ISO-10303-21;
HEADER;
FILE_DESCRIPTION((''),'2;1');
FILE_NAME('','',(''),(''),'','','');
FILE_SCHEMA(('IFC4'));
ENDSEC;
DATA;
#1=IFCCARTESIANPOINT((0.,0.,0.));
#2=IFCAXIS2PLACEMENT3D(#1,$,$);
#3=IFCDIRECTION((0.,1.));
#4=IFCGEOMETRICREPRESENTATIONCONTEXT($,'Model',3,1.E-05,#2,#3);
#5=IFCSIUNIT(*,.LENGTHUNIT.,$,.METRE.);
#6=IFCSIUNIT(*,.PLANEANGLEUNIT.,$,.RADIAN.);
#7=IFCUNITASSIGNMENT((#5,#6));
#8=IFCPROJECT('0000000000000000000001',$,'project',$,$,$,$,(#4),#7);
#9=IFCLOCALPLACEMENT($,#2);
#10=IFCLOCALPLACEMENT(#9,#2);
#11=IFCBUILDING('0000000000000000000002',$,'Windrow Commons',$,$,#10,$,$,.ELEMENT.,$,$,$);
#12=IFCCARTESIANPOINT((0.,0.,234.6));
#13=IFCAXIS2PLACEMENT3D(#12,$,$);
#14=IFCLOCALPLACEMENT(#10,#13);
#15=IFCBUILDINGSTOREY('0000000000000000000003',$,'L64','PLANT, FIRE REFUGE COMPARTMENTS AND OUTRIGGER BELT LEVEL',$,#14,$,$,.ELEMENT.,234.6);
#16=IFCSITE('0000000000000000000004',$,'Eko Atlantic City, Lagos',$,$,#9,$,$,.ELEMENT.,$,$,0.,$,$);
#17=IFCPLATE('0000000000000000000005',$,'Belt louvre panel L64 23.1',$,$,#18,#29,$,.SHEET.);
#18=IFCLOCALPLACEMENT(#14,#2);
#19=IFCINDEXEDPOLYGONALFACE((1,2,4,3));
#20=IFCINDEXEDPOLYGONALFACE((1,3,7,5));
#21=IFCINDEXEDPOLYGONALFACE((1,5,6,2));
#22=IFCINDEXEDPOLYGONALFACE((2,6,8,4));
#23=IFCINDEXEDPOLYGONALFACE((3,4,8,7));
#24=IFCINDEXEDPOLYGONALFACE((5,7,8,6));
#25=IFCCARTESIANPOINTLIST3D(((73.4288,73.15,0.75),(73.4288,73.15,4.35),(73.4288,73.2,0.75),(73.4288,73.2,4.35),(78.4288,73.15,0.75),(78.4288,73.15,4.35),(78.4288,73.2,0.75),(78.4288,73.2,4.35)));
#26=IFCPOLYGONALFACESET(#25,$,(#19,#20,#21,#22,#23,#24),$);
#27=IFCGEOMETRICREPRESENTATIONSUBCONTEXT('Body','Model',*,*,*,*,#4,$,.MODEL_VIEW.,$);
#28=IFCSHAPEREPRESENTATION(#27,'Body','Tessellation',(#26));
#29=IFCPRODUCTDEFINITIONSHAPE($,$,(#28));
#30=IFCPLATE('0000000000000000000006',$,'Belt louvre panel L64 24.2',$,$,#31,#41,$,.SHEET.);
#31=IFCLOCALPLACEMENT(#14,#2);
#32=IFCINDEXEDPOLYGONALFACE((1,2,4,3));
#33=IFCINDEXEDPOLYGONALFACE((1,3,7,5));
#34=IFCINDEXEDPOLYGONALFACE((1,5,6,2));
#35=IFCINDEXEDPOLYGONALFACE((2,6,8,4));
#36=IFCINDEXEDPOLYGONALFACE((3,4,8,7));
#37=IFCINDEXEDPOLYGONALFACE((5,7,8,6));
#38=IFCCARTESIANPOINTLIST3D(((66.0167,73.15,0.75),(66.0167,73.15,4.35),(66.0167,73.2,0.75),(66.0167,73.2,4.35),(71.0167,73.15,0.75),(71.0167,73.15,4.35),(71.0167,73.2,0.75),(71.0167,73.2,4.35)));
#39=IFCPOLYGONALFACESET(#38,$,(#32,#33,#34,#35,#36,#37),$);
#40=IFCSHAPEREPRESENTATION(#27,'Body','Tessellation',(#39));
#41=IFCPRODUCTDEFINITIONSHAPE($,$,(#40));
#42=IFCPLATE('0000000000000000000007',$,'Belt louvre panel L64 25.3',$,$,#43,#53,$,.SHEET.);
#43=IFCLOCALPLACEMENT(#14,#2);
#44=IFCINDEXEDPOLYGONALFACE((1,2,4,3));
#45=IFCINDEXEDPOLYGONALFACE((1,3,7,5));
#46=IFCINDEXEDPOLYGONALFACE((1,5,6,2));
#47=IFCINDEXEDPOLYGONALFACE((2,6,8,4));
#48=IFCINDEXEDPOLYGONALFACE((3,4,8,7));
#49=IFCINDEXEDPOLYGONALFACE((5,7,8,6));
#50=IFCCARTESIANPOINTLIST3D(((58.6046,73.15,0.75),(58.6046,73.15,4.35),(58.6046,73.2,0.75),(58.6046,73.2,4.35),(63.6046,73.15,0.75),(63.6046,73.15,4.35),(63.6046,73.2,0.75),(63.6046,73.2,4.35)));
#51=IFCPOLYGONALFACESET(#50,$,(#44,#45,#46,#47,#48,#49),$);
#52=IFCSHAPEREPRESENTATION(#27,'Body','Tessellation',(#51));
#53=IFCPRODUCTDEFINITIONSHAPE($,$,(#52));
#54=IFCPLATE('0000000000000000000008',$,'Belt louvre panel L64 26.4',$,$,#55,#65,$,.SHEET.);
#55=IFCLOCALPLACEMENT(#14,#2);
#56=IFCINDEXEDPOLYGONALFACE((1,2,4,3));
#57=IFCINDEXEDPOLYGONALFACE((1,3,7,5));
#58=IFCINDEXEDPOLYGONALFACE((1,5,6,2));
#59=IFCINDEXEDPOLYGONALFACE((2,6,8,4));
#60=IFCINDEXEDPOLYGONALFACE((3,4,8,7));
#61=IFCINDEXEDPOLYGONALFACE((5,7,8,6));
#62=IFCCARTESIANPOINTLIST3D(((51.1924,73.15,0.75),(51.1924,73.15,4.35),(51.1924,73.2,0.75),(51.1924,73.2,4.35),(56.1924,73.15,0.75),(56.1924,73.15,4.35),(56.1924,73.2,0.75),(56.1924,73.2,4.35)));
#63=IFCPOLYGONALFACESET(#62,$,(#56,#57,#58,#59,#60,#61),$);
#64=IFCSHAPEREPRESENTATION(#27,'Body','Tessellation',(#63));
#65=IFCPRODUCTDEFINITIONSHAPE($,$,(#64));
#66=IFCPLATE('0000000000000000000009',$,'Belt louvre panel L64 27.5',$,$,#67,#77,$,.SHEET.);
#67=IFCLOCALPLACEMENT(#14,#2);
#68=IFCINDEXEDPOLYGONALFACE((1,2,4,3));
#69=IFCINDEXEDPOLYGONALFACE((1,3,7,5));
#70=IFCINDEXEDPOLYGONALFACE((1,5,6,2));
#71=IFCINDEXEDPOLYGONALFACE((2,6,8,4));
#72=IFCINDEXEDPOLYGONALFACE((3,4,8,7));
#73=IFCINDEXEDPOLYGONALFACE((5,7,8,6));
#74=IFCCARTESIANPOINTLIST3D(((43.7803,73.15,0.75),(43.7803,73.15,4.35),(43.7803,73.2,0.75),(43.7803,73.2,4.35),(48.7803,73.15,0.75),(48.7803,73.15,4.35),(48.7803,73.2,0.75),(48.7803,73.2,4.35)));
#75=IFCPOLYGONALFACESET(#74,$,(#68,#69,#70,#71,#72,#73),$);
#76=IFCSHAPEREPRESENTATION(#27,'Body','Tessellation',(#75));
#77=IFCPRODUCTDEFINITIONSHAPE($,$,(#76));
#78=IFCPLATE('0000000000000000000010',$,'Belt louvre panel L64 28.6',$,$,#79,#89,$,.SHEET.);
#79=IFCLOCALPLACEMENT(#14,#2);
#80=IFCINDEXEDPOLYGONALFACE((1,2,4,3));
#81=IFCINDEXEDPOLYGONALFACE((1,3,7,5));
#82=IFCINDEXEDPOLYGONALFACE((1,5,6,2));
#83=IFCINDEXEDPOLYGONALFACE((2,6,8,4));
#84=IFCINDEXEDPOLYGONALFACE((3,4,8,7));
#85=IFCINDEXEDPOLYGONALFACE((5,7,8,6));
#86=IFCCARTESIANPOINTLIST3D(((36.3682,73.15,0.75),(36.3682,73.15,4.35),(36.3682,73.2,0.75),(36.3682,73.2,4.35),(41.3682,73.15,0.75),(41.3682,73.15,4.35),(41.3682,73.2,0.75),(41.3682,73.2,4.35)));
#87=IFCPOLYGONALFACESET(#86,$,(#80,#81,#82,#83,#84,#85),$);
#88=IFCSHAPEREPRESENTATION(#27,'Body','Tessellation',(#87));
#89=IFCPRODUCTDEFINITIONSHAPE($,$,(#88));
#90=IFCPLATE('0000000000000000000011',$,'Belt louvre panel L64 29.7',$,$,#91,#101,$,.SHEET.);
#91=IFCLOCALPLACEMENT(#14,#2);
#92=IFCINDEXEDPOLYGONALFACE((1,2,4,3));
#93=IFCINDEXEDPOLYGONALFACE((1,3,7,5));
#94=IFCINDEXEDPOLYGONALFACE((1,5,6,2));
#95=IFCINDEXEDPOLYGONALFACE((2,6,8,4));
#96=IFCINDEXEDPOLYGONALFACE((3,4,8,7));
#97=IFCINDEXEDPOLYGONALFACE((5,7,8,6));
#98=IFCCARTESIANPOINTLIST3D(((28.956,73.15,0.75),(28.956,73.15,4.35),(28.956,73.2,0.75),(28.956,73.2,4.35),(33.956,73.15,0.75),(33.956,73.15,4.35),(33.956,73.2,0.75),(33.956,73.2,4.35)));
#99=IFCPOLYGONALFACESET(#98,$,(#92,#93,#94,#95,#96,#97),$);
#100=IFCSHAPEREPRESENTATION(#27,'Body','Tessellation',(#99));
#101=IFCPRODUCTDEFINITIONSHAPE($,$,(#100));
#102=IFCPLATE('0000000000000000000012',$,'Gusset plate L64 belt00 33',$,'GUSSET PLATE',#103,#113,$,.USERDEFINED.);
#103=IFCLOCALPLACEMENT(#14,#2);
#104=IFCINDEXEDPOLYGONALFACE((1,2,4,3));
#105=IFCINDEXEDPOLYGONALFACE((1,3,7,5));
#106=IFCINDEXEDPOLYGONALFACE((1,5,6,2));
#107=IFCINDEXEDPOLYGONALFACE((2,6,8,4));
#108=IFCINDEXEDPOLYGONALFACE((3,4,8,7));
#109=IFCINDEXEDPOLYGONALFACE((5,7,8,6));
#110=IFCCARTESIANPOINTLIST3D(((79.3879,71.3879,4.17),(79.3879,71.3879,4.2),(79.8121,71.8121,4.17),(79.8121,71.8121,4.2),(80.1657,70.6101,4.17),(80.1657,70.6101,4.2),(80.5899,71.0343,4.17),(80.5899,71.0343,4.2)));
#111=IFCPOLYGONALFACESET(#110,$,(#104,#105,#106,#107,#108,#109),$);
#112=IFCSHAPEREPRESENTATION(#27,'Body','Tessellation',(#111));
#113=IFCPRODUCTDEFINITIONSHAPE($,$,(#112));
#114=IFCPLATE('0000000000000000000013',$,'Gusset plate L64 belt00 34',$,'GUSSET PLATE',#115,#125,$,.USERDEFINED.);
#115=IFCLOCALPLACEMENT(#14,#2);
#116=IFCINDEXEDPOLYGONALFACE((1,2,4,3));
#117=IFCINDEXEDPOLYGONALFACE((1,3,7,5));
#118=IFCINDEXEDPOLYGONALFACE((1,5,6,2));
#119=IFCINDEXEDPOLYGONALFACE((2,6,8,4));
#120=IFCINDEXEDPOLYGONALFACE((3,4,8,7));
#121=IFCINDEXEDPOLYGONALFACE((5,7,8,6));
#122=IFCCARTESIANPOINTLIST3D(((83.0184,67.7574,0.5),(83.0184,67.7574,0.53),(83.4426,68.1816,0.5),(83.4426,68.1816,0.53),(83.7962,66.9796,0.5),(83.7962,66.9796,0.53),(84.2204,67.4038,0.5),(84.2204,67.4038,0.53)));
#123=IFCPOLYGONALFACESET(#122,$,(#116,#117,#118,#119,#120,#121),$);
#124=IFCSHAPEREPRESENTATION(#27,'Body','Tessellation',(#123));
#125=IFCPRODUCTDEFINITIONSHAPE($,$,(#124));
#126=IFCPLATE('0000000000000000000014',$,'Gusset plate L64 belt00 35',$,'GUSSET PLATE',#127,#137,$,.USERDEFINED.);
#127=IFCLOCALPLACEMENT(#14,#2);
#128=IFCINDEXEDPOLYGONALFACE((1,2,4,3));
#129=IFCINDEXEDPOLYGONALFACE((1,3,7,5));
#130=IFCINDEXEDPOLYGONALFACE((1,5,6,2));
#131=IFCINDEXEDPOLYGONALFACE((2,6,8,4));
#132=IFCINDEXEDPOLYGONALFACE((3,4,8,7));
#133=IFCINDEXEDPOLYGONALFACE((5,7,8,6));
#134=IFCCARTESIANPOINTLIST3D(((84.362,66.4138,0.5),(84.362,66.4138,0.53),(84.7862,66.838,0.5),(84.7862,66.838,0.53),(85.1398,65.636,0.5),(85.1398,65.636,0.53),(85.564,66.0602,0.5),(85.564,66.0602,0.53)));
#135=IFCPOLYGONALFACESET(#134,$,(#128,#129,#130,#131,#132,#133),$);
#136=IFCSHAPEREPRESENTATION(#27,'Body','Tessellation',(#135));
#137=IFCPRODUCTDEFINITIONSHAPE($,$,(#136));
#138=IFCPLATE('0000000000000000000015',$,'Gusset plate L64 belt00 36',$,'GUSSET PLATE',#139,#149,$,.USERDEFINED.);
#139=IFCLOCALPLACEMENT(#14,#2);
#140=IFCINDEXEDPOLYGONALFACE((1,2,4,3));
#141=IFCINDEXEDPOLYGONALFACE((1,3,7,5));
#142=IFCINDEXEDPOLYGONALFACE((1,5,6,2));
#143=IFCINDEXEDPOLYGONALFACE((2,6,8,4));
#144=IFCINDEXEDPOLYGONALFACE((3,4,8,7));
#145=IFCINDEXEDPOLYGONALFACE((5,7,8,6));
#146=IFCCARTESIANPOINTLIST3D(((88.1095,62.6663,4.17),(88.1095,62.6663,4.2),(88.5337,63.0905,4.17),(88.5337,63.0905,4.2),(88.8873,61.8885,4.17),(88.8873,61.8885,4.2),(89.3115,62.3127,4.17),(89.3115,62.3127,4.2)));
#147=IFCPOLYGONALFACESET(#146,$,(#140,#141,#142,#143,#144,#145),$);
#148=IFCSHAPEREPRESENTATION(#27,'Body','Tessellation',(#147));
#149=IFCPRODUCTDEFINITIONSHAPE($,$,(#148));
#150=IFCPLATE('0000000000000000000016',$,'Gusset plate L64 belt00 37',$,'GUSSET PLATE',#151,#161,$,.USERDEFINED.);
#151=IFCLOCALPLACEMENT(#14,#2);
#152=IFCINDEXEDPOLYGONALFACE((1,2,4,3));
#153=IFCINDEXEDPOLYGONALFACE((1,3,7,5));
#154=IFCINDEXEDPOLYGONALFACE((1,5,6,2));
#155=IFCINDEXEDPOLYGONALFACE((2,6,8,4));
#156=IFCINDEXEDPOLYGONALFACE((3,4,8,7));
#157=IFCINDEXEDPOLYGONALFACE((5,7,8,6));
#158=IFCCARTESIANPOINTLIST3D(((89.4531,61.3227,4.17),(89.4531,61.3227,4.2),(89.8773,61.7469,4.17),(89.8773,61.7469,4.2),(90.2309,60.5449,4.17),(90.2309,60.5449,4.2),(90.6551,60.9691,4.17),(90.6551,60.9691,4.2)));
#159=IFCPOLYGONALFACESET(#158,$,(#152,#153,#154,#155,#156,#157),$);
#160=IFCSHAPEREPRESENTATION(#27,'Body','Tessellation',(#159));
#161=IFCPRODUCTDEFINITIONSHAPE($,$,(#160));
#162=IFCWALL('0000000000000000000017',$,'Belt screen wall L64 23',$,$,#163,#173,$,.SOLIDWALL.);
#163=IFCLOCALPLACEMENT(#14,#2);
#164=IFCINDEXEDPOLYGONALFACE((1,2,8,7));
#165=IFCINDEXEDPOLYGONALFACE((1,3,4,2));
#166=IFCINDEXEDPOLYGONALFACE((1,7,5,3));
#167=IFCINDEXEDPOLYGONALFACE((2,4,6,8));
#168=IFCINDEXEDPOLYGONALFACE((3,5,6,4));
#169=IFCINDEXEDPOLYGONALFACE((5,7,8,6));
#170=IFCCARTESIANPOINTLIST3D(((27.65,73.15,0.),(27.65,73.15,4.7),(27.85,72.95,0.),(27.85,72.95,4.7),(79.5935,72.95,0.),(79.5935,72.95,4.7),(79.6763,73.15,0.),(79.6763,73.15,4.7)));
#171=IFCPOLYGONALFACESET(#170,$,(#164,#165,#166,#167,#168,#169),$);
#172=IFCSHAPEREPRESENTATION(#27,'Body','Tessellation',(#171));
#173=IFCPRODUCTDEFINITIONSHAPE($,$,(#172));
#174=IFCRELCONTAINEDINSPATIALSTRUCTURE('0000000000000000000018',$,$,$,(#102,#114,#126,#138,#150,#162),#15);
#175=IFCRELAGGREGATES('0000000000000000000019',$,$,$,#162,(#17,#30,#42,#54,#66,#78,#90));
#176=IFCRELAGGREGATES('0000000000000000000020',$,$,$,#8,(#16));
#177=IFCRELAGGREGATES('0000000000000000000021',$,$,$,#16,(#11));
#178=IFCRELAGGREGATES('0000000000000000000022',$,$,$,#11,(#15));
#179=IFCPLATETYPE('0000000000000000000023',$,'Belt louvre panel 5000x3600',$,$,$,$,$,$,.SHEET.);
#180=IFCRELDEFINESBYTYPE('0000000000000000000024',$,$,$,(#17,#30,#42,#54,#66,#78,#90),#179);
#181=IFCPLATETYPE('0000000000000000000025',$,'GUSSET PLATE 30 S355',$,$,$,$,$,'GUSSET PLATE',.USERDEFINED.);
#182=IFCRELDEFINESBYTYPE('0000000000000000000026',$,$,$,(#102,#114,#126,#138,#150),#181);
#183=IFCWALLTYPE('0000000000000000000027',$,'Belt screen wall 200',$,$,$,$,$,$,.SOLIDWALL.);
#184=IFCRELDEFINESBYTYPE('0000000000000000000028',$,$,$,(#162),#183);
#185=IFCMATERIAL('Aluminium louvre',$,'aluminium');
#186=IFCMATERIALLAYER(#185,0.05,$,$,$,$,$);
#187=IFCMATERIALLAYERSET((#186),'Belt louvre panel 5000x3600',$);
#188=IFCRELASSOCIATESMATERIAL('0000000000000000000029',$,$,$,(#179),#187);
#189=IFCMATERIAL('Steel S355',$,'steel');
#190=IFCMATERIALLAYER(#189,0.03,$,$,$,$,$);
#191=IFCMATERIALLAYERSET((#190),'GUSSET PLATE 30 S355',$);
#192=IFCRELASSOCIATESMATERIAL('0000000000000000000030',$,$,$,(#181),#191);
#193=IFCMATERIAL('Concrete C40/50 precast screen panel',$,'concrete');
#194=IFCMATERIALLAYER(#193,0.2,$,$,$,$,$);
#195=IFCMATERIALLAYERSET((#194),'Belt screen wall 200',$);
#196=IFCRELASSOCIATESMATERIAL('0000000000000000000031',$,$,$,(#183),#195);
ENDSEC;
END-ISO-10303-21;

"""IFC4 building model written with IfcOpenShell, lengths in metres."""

from ifc_helpers import new_model, si_unit, direction, frame, origin, origin_2d, place, context, subcontext, project, spatial, polyline, rectangle, outline, extrude, material, layer, layer_set, type_object, element, aggregate, save


model = new_model("IFC4")

# Units and contexts
model_context = context("Model", 3, precision=1e-05, world=origin(), true_north=direction((0.0, 1.0)))
body_context = subcontext(model_context, "Body", "Model", "MODEL_VIEW")
ifc_project = project(units=[si_unit("LENGTHUNIT", "METRE"), si_unit("PLANEANGLEUNIT", "RADIAN")], contexts=[model_context])

# Site, building, storey
site_placement = place(None, origin())
site = spatial("IfcSite", under=ifc_project, at=site_placement, Name="Eko Atlantic City, Lagos", CompositionType="ELEMENT", RefElevation=0.0)
building_placement = place(site_placement, origin())
building = spatial("IfcBuilding", under=site, at=building_placement, Name="Windrow Commons", CompositionType="ELEMENT")
storey_placement = place(building_placement, frame((0.0, 0.0, 234.6)))
storey = spatial("IfcBuildingStorey", under=building, at=storey_placement, Name="L64", Description="PLANT, FIRE REFUGE COMPARTMENTS AND OUTRIGGER BELT LEVEL", CompositionType="ELEMENT", Elevation=234.6)

# Plates
ifc_material_1 = material(Name="Aluminium louvre", Category="aluminium")
ifc_layer_1 = layer(ifc_material_1, 0.05)
ifc_layer_set_1 = layer_set([ifc_layer_1], Name="Belt louvre panel 5000x3600")
plate_type_1 = type_object("IfcPlateType", Name="Belt louvre panel 5000x3600", PredefinedType="SHEET", material=ifc_layer_set_1)
plate_1_placement = place(storey_placement, frame((78.4288, 73.2, 0.75), z_axis=(0.0, 1.0, 0.0), x_axis=(-1.0, 0.0, 0.0)))
plate_1 = element("IfcPlate", 1, at=plate_1_placement, type_object=plate_type_1, Name="Belt louvre panel L64 23.1", PredefinedType="SHEET", context=body_context, shape_type="SweptSolid", body=[
    extrude(outline(polyline([(0.0, 0.0), (5.0, 0.0), (5.0, 3.6), (0.0, 3.6), (0.0, 0.0)])), origin(), (0.0, 0.0, -1.0), 0.05),
])
plate_2_placement = place(storey_placement, frame((71.0167, 73.2, 0.75), z_axis=(0.0, 1.0, 0.0), x_axis=(-1.0, 0.0, 0.0)))
plate_2 = element("IfcPlate", 2, at=plate_2_placement, type_object=plate_type_1, Name="Belt louvre panel L64 24.2", PredefinedType="SHEET", context=body_context, shape_type="SweptSolid", body=[
    extrude(outline(polyline([(0.0, 0.0), (5.0, 0.0), (5.0, 3.6), (0.0, 3.6), (0.0, 0.0)])), origin(), (0.0, 0.0, -1.0), 0.05),
])
plate_3_placement = place(storey_placement, frame((63.6046, 73.2, 0.75), z_axis=(0.0, 1.0, 0.0), x_axis=(-1.0, 0.0, 0.0)))
plate_3 = element("IfcPlate", 3, at=plate_3_placement, type_object=plate_type_1, Name="Belt louvre panel L64 25.3", PredefinedType="SHEET", context=body_context, shape_type="SweptSolid", body=[
    extrude(outline(polyline([(0.0, 0.0), (5.0, 0.0), (5.0, 3.6), (0.0, 3.6), (0.0, 0.0)])), origin(), (0.0, 0.0, -1.0), 0.05),
])
plate_4_placement = place(storey_placement, frame((56.1924, 73.2, 0.75), z_axis=(0.0, 1.0, 0.0), x_axis=(-1.0, 0.0, 0.0)))
plate_4 = element("IfcPlate", 4, at=plate_4_placement, type_object=plate_type_1, Name="Belt louvre panel L64 26.4", PredefinedType="SHEET", context=body_context, shape_type="SweptSolid", body=[
    extrude(outline(polyline([(0.0, 0.0), (5.0, 0.0), (5.0, 3.6), (0.0, 3.6), (0.0, 0.0)])), origin(), (0.0, 0.0, -1.0), 0.05),
])
plate_5_placement = place(storey_placement, frame((48.7803, 73.2, 0.75), z_axis=(0.0, 1.0, 0.0), x_axis=(-1.0, 0.0, 0.0)))
plate_5 = element("IfcPlate", 5, at=plate_5_placement, type_object=plate_type_1, Name="Belt louvre panel L64 27.5", PredefinedType="SHEET", context=body_context, shape_type="SweptSolid", body=[
    extrude(outline(polyline([(0.0, 0.0), (5.0, 0.0), (5.0, 3.6), (0.0, 3.6), (0.0, 0.0)])), origin(), (0.0, 0.0, -1.0), 0.05),
])
plate_6_placement = place(storey_placement, frame((41.3682, 73.2, 0.75), z_axis=(0.0, 1.0, 0.0), x_axis=(-1.0, 0.0, 0.0)))
plate_6 = element("IfcPlate", 6, at=plate_6_placement, type_object=plate_type_1, Name="Belt louvre panel L64 28.6", PredefinedType="SHEET", context=body_context, shape_type="SweptSolid", body=[
    extrude(outline(polyline([(0.0, 0.0), (5.0, 0.0), (5.0, 3.6), (0.0, 3.6), (0.0, 0.0)])), origin(), (0.0, 0.0, -1.0), 0.05),
])
plate_7_placement = place(storey_placement, frame((33.956, 73.2, 0.75), z_axis=(0.0, 1.0, 0.0), x_axis=(-1.0, 0.0, 0.0)))
plate_7 = element("IfcPlate", 7, at=plate_7_placement, type_object=plate_type_1, Name="Belt louvre panel L64 29.7", PredefinedType="SHEET", context=body_context, shape_type="SweptSolid", body=[
    extrude(outline(polyline([(0.0, 0.0), (5.0, 0.0), (5.0, 3.6), (0.0, 3.6), (0.0, 0.0)])), origin(), (0.0, 0.0, -1.0), 0.05),
])

# Plates
ifc_material_2 = material(Name="Steel S355", Category="steel")
ifc_layer_2 = layer(ifc_material_2, 0.03)
ifc_layer_set_2 = layer_set([ifc_layer_2], Name="GUSSET PLATE 30 S355")
plate_type_2 = type_object("IfcPlateType", Name="GUSSET PLATE 30 S355", ElementType="GUSSET PLATE", PredefinedType="USERDEFINED", material=ifc_layer_set_2)
for number, where, z_axis, x_axis, name in (
    (8, (79.9889, 71.2111, 4.17), (0.0, 0.0, 1.0), (0.707107, -0.707107, 0.0), "Gusset plate L64 belt00 33"),
    (9, (83.6194, 67.5806, 0.5), (0.0, 0.0, 1.0), (0.707107, -0.707107, 0.0), "Gusset plate L64 belt00 34"),
    (10, (84.963, 66.237, 0.5), (0.0, 0.0, 1.0), (0.707107, -0.707107, 0.0), "Gusset plate L64 belt00 35"),
    (11, (88.7105, 62.4895, 4.17), (0.0, 0.0, 1.0), (0.707107, -0.707107, 0.0), "Gusset plate L64 belt00 36"),
    (12, (90.0541, 61.1459, 4.17), (0.0, 0.0, 1.0), (0.707107, -0.707107, 0.0), "Gusset plate L64 belt00 37"),
):
    element("IfcPlate", number, at=place(storey_placement, frame(where, z_axis=z_axis, x_axis=x_axis)), inside=storey, type_object=plate_type_2, Name=name, ObjectType="GUSSET PLATE", PredefinedType="USERDEFINED", context=body_context, shape_type="SweptSolid", body=[
        extrude(rectangle(XDim=1.1, YDim=0.6, at=origin_2d()), origin(), (0.0, 0.0, 1.0), 0.03),
    ])

# Wall
ifc_material_3 = material(Name="Concrete C40/50 precast screen panel", Category="concrete")
ifc_layer_3 = layer(ifc_material_3, 0.2)
ifc_layer_set_3 = layer_set([ifc_layer_3], Name="Belt screen wall 200")
wall_type_1 = type_object("IfcWallType", Name="Belt screen wall 200", PredefinedType="SOLIDWALL", material=ifc_layer_set_3)
wall_1_placement = place(storey_placement, frame((79.6349, 73.05, 0.0), z_axis=(0.0, 0.0, 1.0), x_axis=(-1.0, 0.0, 0.0)))
wall_1 = element("IfcWall", 13, at=wall_1_placement, inside=storey, type_object=wall_type_1, Name="Belt screen wall L64 23", PredefinedType="SOLIDWALL", context=body_context, shape_type="SweptSolid", body=[
    extrude(outline(polyline([(-0.0414, -0.1), (51.9849, -0.1), (51.7849, 0.1), (0.0414, 0.1), (-0.0414, -0.1)])), origin(), (0.0, 0.0, 1.0), 4.7),
])
aggregate(wall_1, [plate_1, plate_2, plate_3, plate_4, plate_5, plate_6, plate_7])

save(model, "model.ifc")
